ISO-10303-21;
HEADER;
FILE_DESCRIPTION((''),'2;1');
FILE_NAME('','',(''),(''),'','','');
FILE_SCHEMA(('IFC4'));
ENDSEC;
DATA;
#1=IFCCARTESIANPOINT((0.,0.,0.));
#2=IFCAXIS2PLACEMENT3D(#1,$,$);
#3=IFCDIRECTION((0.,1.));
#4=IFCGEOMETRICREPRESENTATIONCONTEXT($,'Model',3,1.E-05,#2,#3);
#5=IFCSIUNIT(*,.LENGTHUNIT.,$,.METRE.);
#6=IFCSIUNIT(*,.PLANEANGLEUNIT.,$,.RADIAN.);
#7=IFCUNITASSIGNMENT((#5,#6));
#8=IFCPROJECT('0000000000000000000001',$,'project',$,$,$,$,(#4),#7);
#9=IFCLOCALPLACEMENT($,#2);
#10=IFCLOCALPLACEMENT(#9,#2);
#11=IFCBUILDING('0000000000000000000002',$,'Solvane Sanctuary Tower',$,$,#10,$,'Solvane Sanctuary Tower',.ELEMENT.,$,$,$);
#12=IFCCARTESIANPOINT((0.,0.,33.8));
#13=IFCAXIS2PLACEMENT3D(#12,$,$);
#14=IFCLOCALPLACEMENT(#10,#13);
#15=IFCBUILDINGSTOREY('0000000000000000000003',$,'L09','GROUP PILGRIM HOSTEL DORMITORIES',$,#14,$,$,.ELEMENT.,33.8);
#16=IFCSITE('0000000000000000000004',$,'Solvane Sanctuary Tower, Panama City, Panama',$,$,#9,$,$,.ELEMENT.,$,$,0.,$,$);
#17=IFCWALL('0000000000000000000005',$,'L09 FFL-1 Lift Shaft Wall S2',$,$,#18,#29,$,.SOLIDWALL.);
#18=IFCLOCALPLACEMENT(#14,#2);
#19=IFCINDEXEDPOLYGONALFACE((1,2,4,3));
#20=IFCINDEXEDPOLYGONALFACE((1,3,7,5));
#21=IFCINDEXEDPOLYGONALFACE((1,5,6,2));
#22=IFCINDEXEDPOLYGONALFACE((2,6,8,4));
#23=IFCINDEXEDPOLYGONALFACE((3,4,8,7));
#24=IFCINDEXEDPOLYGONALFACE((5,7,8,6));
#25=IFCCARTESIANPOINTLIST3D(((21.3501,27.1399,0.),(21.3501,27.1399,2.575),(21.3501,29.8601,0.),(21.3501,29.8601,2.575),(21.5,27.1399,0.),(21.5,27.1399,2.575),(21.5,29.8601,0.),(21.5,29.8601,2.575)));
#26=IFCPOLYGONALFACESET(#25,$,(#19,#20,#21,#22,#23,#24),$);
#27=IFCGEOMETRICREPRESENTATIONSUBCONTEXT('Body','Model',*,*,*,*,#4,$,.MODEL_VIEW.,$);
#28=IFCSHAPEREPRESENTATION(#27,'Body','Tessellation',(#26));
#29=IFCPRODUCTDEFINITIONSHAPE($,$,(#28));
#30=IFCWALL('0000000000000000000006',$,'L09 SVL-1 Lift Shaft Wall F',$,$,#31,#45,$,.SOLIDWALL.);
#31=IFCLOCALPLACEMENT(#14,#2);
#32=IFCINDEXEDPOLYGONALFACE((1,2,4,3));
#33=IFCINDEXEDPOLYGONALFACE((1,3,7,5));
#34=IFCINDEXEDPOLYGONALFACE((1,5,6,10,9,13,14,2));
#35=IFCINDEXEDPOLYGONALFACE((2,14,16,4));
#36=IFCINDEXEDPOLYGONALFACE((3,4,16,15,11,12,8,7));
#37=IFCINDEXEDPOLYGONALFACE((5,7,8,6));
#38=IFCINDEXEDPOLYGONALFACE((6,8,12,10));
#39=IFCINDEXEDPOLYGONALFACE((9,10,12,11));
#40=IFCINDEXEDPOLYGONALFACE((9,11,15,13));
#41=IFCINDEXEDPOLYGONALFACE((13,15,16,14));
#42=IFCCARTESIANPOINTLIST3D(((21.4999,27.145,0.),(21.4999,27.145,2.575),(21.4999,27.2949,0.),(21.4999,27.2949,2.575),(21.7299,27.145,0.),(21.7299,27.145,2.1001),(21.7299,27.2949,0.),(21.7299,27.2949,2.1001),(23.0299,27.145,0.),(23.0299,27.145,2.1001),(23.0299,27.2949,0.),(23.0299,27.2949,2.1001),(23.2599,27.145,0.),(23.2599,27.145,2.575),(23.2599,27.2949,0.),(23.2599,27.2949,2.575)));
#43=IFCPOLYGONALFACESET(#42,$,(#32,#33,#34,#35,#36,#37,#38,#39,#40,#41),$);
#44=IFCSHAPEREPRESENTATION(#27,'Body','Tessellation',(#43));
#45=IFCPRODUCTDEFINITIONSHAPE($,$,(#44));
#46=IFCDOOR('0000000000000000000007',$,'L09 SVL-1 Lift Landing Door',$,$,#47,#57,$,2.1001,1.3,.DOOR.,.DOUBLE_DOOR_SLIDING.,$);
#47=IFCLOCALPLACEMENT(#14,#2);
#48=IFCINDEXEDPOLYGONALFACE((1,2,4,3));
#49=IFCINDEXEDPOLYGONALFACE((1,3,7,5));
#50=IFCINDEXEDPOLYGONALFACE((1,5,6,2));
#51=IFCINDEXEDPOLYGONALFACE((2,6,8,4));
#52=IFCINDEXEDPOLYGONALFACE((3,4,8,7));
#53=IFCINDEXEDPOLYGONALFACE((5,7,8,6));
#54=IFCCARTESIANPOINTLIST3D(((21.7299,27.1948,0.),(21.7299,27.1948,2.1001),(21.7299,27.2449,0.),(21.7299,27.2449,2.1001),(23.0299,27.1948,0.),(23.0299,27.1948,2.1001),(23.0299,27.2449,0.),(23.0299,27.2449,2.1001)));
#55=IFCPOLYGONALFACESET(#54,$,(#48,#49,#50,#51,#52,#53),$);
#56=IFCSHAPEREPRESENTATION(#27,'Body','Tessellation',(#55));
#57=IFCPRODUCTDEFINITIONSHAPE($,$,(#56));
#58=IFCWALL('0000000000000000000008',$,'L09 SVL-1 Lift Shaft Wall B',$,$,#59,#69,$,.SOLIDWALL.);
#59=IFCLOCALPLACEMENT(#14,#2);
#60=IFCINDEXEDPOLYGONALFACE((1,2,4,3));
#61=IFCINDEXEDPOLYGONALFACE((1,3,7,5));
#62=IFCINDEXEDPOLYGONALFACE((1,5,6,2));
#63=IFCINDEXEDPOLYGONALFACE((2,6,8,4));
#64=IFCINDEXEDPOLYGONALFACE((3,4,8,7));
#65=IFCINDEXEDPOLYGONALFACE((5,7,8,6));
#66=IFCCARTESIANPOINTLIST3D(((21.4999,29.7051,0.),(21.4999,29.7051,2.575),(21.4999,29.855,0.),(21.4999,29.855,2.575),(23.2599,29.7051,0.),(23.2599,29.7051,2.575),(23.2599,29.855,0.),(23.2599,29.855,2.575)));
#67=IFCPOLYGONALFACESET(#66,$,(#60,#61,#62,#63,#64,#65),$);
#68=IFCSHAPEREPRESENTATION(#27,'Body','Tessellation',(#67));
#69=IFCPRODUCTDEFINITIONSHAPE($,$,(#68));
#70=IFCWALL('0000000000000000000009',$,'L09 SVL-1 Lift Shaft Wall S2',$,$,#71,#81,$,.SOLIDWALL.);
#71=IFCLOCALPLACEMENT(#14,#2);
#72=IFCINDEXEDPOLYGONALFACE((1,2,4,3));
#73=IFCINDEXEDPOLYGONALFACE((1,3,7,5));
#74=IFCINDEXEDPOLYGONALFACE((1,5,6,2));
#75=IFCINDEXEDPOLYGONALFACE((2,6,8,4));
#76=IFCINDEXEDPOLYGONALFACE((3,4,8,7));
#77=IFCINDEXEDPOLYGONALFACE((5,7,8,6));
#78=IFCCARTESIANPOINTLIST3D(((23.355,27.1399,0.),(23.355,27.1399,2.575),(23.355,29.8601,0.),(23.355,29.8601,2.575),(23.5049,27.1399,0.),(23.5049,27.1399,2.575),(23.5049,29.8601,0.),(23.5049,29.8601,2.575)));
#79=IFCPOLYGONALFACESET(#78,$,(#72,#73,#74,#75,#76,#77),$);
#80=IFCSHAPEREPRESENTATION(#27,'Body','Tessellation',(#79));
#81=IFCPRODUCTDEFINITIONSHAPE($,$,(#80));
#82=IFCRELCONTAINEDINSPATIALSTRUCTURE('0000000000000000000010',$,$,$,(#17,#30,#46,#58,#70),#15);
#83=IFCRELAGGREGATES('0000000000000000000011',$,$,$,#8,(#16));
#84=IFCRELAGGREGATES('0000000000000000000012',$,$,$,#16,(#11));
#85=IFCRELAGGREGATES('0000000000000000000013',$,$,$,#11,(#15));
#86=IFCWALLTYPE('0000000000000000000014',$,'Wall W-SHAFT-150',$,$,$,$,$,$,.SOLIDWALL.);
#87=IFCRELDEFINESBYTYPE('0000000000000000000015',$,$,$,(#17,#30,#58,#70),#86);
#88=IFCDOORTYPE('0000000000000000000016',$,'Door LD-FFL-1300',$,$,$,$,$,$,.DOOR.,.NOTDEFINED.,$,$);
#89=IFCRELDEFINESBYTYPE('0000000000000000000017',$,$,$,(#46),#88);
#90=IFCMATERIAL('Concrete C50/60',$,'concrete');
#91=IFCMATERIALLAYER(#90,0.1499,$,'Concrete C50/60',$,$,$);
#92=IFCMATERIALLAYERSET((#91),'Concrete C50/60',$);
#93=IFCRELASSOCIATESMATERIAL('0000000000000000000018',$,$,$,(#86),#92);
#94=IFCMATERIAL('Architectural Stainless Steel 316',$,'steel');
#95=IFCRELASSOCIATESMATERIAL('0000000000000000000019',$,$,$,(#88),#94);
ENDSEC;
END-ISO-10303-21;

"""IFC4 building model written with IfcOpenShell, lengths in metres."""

from ifc_helpers import new_model, si_unit, direction, frame, frame_2d, origin, place, context, subcontext, project, spatial, rectangle, extrude, material, layer, layer_set, type_object, element, fill, save


model = new_model("IFC4")

# Units and contexts
model_context = context("Model", 3, precision=1e-05, world=origin(), true_north=direction((0.0, 1.0)))
body_context = subcontext(model_context, "Body", "Model", "MODEL_VIEW")
ifc_project = project(units=[si_unit("LENGTHUNIT", "METRE"), si_unit("PLANEANGLEUNIT", "RADIAN")], contexts=[model_context])

# Site, building, storey
site_placement = place(None, origin())
site = spatial("IfcSite", under=ifc_project, at=site_placement, Name="Solvane Sanctuary Tower, Panama City, Panama", CompositionType="ELEMENT", RefElevation=0.0)
building_placement = place(site_placement, origin())
building = spatial("IfcBuilding", under=site, at=building_placement, Name="Solvane Sanctuary Tower", LongName="Solvane Sanctuary Tower", CompositionType="ELEMENT")
storey_placement = place(building_placement, frame((0.0, 0.0, 33.8)))
storey = spatial("IfcBuildingStorey", under=building, at=storey_placement, Name="L09", Description="GROUP PILGRIM HOSTEL DORMITORIES", CompositionType="ELEMENT", Elevation=33.8)

# Shared definitions
ifc_material_1 = material(Name="Architectural Stainless Steel 316", Category="steel")

# Wall
ifc_material_2 = material(Name="Concrete C50/60", Category="concrete")
ifc_layer_1 = layer(ifc_material_2, 0.1499, Name="Concrete C50/60")
ifc_layer_set_1 = layer_set([ifc_layer_1], Name="Concrete C50/60")
wall_type_1 = type_object("IfcWallType", Name="Wall W-SHAFT-150", PredefinedType="SOLIDWALL", material=ifc_layer_set_1)
wall_1_placement = place(storey_placement, frame((21.425, 27.1399, 0.0), z_axis=(0.0, 0.0, 1.0), x_axis=(0.0, 1.0, 0.0)))
element("IfcWall", 1, at=wall_1_placement, inside=storey, type_object=wall_type_1, Name="L09 FFL-1 Lift Shaft Wall S2", PredefinedType="SOLIDWALL", context=body_context, shape_type="SweptSolid", body=[
    extrude(rectangle(XDim=2.7202, YDim=0.1499, at=frame_2d((1.3601, 0.0))), origin(), (0.0, 0.0, 1.0), 2.575),
])

# Wall, opening, door
wall_2_placement = place(storey_placement, frame((21.5, 27.22, 0.0), z_axis=(0.0, 0.0, 1.0), x_axis=(1.0, 0.0, 0.0)))
wall_2 = element("IfcWall", 2, at=wall_2_placement, inside=storey, type_object=wall_type_1, Name="L09 SVL-1 Lift Shaft Wall F", PredefinedType="SOLIDWALL", context=body_context, shape_type="SweptSolid", body=[
    extrude(rectangle(XDim=1.76, YDim=0.1499, at=frame_2d((0.8799, 0.0))), origin(), (0.0, 0.0, 1.0), 2.575),
])
opening_1_placement = place(wall_2_placement, frame((0.23, 0.0, 0.0)))
opening_1 = element("IfcOpeningElement", 3, at=opening_1_placement, cuts=wall_2, PredefinedType="OPENING", context=body_context, shape_type="SweptSolid", body=[
    extrude(rectangle(XDim=1.3, YDim=2.1001, at=frame_2d((0.6499, 1.05))), frame((0.0, 0.085, 0.0), z_axis=(0.0, -1.0, 0.0), x_axis=(1.0, 0.0, 0.0)), (0.0, 0.0, 1.0), 0.1699),
])
door_type_1 = type_object("IfcDoorType", Name="Door LD-FFL-1300", OperationType="NOTDEFINED", PredefinedType="DOOR", material=ifc_material_1)
door_1_placement = place(opening_1_placement, origin())
door_1 = element("IfcDoor", 4, at=door_1_placement, inside=storey, type_object=door_type_1, Name="L09 SVL-1 Lift Landing Door", OperationType="DOUBLE_DOOR_SLIDING", OverallHeight=2.1001, OverallWidth=1.3, PredefinedType="DOOR", context=body_context, shape_type="SweptSolid", body=[
    extrude(rectangle(XDim=1.3, YDim=2.1001, at=frame_2d((0.6499, 1.05))), frame((0.0, 0.0249, 0.0), z_axis=(0.0, -1.0, 0.0), x_axis=(1.0, 0.0, 0.0)), (0.0, 0.0, 1.0), 0.05),
])
fill(opening_1, door_1)

# Walls
wall_3_placement = place(storey_placement, frame((21.5, 29.78, 0.0), z_axis=(0.0, 0.0, 1.0), x_axis=(1.0, 0.0, 0.0)))
element("IfcWall", 5, at=wall_3_placement, inside=storey, type_object=wall_type_1, Name="L09 SVL-1 Lift Shaft Wall B", PredefinedType="SOLIDWALL", context=body_context, shape_type="SweptSolid", body=[
    extrude(rectangle(XDim=1.76, YDim=0.1499, at=frame_2d((0.8799, 0.0))), origin(), (0.0, 0.0, 1.0), 2.575),
])
wall_4_placement = place(storey_placement, frame((23.4299, 27.1399, 0.0), z_axis=(0.0, 0.0, 1.0), x_axis=(0.0, 1.0, 0.0)))
element("IfcWall", 6, at=wall_4_placement, inside=storey, type_object=wall_type_1, Name="L09 SVL-1 Lift Shaft Wall S2", PredefinedType="SOLIDWALL", context=body_context, shape_type="SweptSolid", body=[
    extrude(rectangle(XDim=2.7202, YDim=0.1499, at=frame_2d((1.3601, 0.0))), origin(), (0.0, 0.0, 1.0), 2.575),
])

save(model, "model.ifc")
